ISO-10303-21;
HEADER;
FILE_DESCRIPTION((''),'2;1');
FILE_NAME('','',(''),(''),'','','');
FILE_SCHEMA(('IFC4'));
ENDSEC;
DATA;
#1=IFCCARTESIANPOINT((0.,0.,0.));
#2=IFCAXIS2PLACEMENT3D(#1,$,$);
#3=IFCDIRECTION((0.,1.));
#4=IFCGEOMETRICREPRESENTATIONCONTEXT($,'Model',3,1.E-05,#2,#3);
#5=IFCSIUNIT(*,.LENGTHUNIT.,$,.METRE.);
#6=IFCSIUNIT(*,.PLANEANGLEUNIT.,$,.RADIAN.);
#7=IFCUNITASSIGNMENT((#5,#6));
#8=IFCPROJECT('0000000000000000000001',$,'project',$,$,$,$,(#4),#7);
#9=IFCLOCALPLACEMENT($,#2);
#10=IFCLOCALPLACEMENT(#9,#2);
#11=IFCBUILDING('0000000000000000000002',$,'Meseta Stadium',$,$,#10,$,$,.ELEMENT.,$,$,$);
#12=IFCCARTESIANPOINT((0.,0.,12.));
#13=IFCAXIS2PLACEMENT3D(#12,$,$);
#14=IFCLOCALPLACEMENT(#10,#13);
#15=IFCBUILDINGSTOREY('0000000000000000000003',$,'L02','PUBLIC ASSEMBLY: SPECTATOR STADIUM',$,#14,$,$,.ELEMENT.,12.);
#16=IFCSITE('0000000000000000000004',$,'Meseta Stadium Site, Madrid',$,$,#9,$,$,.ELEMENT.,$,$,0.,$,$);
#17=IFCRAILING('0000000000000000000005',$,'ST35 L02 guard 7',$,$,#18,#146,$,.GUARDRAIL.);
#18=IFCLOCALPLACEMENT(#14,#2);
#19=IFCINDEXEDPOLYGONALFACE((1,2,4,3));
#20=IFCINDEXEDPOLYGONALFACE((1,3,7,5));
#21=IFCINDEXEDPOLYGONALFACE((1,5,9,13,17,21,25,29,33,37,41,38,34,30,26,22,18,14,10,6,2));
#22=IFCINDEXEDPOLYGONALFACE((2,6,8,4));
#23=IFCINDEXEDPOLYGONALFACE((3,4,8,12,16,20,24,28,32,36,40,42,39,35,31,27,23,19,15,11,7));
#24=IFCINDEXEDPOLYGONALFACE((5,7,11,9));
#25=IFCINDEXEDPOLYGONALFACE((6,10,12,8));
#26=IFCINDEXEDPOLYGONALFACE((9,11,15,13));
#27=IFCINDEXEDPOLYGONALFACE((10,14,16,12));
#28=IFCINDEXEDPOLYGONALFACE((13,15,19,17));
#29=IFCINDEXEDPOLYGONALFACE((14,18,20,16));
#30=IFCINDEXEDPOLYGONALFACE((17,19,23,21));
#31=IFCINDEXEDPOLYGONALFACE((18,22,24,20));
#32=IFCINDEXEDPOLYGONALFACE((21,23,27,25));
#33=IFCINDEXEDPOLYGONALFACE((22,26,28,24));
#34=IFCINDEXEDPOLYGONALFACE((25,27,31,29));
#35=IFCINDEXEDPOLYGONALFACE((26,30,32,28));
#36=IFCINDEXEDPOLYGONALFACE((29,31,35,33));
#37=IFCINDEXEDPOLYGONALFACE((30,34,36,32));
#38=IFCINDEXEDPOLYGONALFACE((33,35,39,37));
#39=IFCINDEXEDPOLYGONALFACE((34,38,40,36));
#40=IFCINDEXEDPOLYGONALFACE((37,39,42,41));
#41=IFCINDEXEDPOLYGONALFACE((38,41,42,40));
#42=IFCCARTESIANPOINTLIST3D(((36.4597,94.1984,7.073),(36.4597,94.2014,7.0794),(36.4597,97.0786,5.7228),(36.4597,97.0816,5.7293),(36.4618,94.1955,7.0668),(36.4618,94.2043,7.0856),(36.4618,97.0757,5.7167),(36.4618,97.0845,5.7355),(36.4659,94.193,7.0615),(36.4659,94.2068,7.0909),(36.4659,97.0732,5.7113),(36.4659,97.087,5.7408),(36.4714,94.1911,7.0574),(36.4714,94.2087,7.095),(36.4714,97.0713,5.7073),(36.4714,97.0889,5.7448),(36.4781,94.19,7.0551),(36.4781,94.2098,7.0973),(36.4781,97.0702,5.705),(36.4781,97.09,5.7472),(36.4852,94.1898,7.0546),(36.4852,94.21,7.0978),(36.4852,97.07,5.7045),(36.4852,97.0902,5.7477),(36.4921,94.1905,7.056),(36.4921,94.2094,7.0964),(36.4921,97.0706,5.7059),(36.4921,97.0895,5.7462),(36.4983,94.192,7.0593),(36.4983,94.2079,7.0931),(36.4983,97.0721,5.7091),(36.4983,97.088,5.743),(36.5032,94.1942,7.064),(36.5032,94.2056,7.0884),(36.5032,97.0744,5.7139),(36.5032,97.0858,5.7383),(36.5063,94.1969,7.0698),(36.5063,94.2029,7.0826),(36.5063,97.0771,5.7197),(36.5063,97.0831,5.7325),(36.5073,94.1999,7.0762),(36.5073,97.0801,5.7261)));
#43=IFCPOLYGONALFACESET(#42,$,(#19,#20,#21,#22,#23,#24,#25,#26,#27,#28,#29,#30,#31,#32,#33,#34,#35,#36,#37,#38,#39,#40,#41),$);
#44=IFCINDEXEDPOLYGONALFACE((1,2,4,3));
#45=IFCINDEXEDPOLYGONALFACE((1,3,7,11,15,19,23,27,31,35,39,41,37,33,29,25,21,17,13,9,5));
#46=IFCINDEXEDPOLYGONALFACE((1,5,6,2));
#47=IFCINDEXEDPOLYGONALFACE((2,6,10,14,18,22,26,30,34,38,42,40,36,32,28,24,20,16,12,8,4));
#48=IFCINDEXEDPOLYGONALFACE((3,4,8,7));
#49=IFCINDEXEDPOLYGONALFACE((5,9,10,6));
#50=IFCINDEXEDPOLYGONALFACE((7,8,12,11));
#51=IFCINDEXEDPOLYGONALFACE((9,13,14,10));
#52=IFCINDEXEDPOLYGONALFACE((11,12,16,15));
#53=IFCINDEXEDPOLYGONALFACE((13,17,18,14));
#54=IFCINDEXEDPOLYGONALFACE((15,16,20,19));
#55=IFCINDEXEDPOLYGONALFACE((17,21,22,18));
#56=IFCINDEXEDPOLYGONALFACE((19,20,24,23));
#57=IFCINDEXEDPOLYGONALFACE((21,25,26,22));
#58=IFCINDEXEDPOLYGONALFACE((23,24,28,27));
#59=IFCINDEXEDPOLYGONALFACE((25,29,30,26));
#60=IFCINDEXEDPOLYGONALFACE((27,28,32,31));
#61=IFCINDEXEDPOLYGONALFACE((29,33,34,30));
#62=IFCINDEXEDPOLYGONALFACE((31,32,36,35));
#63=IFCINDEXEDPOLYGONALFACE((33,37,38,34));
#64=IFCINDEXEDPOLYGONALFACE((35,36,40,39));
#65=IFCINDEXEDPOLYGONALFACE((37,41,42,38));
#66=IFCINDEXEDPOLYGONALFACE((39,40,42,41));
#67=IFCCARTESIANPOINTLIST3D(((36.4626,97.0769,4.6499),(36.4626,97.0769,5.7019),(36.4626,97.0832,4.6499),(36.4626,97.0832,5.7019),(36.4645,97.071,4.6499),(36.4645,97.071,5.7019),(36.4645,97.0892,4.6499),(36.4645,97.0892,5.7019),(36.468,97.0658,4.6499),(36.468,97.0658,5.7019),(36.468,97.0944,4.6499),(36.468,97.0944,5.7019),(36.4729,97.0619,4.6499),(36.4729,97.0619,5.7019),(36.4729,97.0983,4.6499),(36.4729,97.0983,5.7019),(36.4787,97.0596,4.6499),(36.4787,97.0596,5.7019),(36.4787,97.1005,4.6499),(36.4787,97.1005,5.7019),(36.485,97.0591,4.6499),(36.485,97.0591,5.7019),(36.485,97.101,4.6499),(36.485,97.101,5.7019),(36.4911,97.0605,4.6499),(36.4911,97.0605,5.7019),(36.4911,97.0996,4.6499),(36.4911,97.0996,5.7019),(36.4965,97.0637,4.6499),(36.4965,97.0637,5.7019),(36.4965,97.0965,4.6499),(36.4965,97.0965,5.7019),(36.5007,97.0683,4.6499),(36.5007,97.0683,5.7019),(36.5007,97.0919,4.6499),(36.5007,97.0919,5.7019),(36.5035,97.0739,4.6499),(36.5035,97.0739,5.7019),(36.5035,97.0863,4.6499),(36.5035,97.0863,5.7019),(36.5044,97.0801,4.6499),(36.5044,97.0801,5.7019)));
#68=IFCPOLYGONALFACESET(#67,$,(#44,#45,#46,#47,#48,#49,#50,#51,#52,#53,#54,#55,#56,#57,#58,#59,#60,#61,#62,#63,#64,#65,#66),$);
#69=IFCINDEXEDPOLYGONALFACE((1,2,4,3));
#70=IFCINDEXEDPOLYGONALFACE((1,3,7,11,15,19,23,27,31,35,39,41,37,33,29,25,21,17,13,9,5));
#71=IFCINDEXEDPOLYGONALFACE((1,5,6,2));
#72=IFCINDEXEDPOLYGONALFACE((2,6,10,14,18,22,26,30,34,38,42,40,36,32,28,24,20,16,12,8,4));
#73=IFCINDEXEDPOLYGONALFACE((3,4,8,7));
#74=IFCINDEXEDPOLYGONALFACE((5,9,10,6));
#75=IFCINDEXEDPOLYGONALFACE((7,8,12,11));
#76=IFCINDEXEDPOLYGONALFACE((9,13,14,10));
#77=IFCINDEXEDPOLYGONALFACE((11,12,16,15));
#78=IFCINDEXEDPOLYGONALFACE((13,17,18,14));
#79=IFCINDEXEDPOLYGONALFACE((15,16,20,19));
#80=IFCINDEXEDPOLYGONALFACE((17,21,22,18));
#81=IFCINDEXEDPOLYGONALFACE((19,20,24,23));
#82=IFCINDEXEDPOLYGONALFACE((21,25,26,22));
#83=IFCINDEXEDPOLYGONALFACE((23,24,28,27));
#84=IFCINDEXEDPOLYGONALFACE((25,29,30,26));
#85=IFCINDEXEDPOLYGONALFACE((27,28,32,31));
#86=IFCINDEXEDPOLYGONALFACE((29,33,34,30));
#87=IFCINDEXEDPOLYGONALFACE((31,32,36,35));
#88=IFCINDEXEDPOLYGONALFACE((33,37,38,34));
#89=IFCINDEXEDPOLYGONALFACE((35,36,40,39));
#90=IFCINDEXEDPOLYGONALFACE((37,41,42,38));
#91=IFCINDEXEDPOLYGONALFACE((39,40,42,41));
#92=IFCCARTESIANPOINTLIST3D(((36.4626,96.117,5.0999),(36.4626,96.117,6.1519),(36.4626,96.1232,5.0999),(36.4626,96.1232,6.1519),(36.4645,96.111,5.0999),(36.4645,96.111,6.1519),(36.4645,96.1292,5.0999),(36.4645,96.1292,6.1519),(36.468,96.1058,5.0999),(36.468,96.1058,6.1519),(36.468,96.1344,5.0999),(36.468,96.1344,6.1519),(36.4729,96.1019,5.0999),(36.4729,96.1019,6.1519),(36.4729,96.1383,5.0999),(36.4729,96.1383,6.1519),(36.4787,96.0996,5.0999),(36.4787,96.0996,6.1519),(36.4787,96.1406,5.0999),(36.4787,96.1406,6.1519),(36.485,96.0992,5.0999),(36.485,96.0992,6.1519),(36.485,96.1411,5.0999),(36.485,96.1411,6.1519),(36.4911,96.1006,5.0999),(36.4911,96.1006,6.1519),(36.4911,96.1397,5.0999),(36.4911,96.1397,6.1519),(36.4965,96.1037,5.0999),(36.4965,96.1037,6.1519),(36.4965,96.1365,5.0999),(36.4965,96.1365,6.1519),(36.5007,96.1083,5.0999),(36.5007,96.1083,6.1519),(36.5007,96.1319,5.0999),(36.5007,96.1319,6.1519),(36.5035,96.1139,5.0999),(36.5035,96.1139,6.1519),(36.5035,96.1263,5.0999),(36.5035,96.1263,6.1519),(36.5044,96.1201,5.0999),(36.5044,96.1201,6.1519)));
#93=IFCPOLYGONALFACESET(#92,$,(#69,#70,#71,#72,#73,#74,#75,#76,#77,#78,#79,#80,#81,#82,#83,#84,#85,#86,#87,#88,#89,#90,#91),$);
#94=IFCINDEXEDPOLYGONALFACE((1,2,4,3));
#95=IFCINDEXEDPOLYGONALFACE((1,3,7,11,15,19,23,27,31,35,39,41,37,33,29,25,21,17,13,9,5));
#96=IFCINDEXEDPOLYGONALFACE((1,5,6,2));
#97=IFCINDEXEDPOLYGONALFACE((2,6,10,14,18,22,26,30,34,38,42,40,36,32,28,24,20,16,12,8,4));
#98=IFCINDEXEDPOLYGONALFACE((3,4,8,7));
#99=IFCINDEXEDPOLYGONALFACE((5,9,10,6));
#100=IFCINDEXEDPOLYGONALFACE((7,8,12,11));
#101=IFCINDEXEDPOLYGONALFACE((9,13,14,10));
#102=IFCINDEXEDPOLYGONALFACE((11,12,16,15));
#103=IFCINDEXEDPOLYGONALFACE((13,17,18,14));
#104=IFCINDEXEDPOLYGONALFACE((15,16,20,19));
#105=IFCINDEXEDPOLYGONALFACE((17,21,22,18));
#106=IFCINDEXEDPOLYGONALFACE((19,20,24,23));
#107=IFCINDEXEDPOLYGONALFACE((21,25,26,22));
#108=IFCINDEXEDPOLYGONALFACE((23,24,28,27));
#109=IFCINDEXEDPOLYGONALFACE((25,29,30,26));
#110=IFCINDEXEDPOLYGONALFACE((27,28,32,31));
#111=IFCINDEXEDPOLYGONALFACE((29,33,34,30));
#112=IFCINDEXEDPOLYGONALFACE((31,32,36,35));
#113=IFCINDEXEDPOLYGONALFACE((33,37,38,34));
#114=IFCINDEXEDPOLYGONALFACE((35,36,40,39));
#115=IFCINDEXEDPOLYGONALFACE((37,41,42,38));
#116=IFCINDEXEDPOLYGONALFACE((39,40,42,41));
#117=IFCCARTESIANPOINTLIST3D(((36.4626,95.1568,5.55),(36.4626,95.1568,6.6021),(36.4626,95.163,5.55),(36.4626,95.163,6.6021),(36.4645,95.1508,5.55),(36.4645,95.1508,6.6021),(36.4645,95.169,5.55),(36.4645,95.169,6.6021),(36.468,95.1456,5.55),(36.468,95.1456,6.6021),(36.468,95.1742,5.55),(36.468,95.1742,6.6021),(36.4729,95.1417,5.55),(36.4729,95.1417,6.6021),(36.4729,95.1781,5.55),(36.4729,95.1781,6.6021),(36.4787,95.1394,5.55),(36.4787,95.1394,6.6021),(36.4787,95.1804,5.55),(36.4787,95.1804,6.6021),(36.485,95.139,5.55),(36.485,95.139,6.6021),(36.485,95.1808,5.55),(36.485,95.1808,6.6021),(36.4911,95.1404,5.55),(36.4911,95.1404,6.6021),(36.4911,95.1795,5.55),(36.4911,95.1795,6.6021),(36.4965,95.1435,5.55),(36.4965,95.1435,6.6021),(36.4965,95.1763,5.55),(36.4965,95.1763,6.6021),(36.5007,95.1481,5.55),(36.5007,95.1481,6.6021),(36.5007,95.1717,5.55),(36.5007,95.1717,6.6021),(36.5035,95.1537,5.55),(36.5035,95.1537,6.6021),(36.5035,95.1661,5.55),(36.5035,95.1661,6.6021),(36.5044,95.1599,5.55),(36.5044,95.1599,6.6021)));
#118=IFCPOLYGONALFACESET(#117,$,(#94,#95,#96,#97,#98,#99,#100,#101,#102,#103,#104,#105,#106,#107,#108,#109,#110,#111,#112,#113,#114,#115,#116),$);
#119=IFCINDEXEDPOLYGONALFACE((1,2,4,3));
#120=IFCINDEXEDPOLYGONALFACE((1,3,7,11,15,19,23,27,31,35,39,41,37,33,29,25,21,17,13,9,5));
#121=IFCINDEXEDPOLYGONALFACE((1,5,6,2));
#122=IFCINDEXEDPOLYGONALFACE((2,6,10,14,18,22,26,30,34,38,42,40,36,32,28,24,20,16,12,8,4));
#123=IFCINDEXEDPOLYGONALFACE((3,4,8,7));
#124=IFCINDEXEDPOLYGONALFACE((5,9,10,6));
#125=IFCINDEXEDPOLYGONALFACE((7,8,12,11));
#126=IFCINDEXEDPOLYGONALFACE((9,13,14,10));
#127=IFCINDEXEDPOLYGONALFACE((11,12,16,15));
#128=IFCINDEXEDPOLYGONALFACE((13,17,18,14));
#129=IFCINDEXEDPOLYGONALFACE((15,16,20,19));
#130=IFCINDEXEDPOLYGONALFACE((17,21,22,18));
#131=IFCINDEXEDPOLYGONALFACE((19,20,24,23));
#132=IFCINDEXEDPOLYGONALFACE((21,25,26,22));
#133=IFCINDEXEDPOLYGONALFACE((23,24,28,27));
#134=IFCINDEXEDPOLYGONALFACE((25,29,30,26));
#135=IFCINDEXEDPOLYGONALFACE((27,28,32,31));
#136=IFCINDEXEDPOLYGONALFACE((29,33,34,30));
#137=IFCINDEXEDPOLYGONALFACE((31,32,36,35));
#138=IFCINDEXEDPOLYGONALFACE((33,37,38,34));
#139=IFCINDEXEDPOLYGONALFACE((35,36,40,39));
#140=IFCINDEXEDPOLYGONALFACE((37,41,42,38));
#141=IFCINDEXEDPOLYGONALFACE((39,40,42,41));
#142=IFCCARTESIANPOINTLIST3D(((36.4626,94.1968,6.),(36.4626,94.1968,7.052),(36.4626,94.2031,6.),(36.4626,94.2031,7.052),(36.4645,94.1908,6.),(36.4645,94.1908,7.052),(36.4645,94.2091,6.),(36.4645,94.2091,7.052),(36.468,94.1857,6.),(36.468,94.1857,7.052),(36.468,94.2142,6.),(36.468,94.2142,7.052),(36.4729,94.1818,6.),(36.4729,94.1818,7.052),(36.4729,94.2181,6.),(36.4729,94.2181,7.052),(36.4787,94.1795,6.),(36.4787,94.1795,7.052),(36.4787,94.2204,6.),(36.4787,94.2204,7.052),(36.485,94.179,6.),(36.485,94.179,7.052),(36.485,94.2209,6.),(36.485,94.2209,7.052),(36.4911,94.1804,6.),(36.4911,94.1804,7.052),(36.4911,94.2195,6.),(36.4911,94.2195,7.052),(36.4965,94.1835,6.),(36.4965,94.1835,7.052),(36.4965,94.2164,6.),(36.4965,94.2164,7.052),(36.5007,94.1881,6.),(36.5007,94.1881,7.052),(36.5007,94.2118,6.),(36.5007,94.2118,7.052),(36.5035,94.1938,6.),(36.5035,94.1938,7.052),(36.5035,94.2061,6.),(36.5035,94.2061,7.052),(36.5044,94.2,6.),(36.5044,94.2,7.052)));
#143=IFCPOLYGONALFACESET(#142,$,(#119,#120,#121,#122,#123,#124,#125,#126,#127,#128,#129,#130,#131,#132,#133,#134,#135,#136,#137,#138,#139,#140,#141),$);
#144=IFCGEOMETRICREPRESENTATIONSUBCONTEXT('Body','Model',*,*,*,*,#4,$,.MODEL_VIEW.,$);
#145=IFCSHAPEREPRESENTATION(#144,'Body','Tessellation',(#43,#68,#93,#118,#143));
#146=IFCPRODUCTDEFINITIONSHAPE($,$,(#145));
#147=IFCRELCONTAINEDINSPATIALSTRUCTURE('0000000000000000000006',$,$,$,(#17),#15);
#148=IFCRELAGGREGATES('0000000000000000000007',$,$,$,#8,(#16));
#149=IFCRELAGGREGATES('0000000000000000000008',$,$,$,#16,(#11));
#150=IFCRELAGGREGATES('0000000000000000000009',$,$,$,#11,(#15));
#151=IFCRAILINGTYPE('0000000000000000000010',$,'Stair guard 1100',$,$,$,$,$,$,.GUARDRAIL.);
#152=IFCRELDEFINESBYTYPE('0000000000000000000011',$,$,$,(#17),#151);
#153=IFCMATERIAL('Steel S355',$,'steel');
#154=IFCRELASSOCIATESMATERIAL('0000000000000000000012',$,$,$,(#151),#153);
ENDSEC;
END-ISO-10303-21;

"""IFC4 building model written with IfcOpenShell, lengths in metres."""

from ifc_helpers import new_model, si_unit, direction, frame, origin, origin_2d, place, context, subcontext, project, spatial, circle, extrude, material, type_object, element, save


model = new_model("IFC4")

# Units and contexts
model_context = context("Model", 3, precision=1e-05, world=origin(), true_north=direction((0.0, 1.0)))
body_context = subcontext(model_context, "Body", "Model", "MODEL_VIEW")
ifc_project = project(units=[si_unit("LENGTHUNIT", "METRE"), si_unit("PLANEANGLEUNIT", "RADIAN")], contexts=[model_context])

# Site, building, storey
site_placement = place(None, origin())
site = spatial("IfcSite", under=ifc_project, at=site_placement, Name="Meseta Stadium Site, Madrid", CompositionType="ELEMENT", RefElevation=0.0)
building_placement = place(site_placement, origin())
building = spatial("IfcBuilding", under=site, at=building_placement, Name="Meseta Stadium", CompositionType="ELEMENT")
storey_placement = place(building_placement, frame((0.0, 0.0, 12.0)))
storey = spatial("IfcBuildingStorey", under=building, at=storey_placement, Name="L02", Description="PUBLIC ASSEMBLY: SPECTATOR STADIUM", CompositionType="ELEMENT", Elevation=12.0)

# Railing
ifc_material_1 = material(Name="Steel S355", Category="steel")
railing_type_1 = type_object("IfcRailingType", Name="Stair guard 1100", PredefinedType="GUARDRAIL", material=ifc_material_1)
railing_1_placement = place(storey_placement, frame((36.4834, 97.0801, 4.6499)))
element("IfcRailing", 1, at=railing_1_placement, inside=storey, type_object=railing_type_1, Name="ST35 L02 guard 7", PredefinedType="GUARDRAIL", context=body_context, shape_type="SweptSolid", body=[
    extrude(circle(Radius=0.0239, at=origin_2d()), frame((0.0, 0.0, 1.0762), z_axis=(0.0, -0.905454, 0.424444), x_axis=(1.0, 0.0, 0.0)), (0.0, 0.0, 1.0), 3.1809),
    extrude(circle(Radius=0.021, at=origin_2d()), origin(), (0.0, 0.0, 1.0), 1.052),
    extrude(circle(Radius=0.021, at=origin_2d()), frame((0.0, -0.96, 0.45)), (0.0, 0.0, 1.0), 1.052),
    extrude(circle(Radius=0.021, at=origin_2d()), frame((0.0, -1.9202, 0.9001)), (0.0, 0.0, 1.0), 1.052),
    extrude(circle(Radius=0.021, at=origin_2d()), frame((0.0, -2.8801, 1.3501)), (0.0, 0.0, 1.0), 1.052),
])

save(model, "model.ifc")
